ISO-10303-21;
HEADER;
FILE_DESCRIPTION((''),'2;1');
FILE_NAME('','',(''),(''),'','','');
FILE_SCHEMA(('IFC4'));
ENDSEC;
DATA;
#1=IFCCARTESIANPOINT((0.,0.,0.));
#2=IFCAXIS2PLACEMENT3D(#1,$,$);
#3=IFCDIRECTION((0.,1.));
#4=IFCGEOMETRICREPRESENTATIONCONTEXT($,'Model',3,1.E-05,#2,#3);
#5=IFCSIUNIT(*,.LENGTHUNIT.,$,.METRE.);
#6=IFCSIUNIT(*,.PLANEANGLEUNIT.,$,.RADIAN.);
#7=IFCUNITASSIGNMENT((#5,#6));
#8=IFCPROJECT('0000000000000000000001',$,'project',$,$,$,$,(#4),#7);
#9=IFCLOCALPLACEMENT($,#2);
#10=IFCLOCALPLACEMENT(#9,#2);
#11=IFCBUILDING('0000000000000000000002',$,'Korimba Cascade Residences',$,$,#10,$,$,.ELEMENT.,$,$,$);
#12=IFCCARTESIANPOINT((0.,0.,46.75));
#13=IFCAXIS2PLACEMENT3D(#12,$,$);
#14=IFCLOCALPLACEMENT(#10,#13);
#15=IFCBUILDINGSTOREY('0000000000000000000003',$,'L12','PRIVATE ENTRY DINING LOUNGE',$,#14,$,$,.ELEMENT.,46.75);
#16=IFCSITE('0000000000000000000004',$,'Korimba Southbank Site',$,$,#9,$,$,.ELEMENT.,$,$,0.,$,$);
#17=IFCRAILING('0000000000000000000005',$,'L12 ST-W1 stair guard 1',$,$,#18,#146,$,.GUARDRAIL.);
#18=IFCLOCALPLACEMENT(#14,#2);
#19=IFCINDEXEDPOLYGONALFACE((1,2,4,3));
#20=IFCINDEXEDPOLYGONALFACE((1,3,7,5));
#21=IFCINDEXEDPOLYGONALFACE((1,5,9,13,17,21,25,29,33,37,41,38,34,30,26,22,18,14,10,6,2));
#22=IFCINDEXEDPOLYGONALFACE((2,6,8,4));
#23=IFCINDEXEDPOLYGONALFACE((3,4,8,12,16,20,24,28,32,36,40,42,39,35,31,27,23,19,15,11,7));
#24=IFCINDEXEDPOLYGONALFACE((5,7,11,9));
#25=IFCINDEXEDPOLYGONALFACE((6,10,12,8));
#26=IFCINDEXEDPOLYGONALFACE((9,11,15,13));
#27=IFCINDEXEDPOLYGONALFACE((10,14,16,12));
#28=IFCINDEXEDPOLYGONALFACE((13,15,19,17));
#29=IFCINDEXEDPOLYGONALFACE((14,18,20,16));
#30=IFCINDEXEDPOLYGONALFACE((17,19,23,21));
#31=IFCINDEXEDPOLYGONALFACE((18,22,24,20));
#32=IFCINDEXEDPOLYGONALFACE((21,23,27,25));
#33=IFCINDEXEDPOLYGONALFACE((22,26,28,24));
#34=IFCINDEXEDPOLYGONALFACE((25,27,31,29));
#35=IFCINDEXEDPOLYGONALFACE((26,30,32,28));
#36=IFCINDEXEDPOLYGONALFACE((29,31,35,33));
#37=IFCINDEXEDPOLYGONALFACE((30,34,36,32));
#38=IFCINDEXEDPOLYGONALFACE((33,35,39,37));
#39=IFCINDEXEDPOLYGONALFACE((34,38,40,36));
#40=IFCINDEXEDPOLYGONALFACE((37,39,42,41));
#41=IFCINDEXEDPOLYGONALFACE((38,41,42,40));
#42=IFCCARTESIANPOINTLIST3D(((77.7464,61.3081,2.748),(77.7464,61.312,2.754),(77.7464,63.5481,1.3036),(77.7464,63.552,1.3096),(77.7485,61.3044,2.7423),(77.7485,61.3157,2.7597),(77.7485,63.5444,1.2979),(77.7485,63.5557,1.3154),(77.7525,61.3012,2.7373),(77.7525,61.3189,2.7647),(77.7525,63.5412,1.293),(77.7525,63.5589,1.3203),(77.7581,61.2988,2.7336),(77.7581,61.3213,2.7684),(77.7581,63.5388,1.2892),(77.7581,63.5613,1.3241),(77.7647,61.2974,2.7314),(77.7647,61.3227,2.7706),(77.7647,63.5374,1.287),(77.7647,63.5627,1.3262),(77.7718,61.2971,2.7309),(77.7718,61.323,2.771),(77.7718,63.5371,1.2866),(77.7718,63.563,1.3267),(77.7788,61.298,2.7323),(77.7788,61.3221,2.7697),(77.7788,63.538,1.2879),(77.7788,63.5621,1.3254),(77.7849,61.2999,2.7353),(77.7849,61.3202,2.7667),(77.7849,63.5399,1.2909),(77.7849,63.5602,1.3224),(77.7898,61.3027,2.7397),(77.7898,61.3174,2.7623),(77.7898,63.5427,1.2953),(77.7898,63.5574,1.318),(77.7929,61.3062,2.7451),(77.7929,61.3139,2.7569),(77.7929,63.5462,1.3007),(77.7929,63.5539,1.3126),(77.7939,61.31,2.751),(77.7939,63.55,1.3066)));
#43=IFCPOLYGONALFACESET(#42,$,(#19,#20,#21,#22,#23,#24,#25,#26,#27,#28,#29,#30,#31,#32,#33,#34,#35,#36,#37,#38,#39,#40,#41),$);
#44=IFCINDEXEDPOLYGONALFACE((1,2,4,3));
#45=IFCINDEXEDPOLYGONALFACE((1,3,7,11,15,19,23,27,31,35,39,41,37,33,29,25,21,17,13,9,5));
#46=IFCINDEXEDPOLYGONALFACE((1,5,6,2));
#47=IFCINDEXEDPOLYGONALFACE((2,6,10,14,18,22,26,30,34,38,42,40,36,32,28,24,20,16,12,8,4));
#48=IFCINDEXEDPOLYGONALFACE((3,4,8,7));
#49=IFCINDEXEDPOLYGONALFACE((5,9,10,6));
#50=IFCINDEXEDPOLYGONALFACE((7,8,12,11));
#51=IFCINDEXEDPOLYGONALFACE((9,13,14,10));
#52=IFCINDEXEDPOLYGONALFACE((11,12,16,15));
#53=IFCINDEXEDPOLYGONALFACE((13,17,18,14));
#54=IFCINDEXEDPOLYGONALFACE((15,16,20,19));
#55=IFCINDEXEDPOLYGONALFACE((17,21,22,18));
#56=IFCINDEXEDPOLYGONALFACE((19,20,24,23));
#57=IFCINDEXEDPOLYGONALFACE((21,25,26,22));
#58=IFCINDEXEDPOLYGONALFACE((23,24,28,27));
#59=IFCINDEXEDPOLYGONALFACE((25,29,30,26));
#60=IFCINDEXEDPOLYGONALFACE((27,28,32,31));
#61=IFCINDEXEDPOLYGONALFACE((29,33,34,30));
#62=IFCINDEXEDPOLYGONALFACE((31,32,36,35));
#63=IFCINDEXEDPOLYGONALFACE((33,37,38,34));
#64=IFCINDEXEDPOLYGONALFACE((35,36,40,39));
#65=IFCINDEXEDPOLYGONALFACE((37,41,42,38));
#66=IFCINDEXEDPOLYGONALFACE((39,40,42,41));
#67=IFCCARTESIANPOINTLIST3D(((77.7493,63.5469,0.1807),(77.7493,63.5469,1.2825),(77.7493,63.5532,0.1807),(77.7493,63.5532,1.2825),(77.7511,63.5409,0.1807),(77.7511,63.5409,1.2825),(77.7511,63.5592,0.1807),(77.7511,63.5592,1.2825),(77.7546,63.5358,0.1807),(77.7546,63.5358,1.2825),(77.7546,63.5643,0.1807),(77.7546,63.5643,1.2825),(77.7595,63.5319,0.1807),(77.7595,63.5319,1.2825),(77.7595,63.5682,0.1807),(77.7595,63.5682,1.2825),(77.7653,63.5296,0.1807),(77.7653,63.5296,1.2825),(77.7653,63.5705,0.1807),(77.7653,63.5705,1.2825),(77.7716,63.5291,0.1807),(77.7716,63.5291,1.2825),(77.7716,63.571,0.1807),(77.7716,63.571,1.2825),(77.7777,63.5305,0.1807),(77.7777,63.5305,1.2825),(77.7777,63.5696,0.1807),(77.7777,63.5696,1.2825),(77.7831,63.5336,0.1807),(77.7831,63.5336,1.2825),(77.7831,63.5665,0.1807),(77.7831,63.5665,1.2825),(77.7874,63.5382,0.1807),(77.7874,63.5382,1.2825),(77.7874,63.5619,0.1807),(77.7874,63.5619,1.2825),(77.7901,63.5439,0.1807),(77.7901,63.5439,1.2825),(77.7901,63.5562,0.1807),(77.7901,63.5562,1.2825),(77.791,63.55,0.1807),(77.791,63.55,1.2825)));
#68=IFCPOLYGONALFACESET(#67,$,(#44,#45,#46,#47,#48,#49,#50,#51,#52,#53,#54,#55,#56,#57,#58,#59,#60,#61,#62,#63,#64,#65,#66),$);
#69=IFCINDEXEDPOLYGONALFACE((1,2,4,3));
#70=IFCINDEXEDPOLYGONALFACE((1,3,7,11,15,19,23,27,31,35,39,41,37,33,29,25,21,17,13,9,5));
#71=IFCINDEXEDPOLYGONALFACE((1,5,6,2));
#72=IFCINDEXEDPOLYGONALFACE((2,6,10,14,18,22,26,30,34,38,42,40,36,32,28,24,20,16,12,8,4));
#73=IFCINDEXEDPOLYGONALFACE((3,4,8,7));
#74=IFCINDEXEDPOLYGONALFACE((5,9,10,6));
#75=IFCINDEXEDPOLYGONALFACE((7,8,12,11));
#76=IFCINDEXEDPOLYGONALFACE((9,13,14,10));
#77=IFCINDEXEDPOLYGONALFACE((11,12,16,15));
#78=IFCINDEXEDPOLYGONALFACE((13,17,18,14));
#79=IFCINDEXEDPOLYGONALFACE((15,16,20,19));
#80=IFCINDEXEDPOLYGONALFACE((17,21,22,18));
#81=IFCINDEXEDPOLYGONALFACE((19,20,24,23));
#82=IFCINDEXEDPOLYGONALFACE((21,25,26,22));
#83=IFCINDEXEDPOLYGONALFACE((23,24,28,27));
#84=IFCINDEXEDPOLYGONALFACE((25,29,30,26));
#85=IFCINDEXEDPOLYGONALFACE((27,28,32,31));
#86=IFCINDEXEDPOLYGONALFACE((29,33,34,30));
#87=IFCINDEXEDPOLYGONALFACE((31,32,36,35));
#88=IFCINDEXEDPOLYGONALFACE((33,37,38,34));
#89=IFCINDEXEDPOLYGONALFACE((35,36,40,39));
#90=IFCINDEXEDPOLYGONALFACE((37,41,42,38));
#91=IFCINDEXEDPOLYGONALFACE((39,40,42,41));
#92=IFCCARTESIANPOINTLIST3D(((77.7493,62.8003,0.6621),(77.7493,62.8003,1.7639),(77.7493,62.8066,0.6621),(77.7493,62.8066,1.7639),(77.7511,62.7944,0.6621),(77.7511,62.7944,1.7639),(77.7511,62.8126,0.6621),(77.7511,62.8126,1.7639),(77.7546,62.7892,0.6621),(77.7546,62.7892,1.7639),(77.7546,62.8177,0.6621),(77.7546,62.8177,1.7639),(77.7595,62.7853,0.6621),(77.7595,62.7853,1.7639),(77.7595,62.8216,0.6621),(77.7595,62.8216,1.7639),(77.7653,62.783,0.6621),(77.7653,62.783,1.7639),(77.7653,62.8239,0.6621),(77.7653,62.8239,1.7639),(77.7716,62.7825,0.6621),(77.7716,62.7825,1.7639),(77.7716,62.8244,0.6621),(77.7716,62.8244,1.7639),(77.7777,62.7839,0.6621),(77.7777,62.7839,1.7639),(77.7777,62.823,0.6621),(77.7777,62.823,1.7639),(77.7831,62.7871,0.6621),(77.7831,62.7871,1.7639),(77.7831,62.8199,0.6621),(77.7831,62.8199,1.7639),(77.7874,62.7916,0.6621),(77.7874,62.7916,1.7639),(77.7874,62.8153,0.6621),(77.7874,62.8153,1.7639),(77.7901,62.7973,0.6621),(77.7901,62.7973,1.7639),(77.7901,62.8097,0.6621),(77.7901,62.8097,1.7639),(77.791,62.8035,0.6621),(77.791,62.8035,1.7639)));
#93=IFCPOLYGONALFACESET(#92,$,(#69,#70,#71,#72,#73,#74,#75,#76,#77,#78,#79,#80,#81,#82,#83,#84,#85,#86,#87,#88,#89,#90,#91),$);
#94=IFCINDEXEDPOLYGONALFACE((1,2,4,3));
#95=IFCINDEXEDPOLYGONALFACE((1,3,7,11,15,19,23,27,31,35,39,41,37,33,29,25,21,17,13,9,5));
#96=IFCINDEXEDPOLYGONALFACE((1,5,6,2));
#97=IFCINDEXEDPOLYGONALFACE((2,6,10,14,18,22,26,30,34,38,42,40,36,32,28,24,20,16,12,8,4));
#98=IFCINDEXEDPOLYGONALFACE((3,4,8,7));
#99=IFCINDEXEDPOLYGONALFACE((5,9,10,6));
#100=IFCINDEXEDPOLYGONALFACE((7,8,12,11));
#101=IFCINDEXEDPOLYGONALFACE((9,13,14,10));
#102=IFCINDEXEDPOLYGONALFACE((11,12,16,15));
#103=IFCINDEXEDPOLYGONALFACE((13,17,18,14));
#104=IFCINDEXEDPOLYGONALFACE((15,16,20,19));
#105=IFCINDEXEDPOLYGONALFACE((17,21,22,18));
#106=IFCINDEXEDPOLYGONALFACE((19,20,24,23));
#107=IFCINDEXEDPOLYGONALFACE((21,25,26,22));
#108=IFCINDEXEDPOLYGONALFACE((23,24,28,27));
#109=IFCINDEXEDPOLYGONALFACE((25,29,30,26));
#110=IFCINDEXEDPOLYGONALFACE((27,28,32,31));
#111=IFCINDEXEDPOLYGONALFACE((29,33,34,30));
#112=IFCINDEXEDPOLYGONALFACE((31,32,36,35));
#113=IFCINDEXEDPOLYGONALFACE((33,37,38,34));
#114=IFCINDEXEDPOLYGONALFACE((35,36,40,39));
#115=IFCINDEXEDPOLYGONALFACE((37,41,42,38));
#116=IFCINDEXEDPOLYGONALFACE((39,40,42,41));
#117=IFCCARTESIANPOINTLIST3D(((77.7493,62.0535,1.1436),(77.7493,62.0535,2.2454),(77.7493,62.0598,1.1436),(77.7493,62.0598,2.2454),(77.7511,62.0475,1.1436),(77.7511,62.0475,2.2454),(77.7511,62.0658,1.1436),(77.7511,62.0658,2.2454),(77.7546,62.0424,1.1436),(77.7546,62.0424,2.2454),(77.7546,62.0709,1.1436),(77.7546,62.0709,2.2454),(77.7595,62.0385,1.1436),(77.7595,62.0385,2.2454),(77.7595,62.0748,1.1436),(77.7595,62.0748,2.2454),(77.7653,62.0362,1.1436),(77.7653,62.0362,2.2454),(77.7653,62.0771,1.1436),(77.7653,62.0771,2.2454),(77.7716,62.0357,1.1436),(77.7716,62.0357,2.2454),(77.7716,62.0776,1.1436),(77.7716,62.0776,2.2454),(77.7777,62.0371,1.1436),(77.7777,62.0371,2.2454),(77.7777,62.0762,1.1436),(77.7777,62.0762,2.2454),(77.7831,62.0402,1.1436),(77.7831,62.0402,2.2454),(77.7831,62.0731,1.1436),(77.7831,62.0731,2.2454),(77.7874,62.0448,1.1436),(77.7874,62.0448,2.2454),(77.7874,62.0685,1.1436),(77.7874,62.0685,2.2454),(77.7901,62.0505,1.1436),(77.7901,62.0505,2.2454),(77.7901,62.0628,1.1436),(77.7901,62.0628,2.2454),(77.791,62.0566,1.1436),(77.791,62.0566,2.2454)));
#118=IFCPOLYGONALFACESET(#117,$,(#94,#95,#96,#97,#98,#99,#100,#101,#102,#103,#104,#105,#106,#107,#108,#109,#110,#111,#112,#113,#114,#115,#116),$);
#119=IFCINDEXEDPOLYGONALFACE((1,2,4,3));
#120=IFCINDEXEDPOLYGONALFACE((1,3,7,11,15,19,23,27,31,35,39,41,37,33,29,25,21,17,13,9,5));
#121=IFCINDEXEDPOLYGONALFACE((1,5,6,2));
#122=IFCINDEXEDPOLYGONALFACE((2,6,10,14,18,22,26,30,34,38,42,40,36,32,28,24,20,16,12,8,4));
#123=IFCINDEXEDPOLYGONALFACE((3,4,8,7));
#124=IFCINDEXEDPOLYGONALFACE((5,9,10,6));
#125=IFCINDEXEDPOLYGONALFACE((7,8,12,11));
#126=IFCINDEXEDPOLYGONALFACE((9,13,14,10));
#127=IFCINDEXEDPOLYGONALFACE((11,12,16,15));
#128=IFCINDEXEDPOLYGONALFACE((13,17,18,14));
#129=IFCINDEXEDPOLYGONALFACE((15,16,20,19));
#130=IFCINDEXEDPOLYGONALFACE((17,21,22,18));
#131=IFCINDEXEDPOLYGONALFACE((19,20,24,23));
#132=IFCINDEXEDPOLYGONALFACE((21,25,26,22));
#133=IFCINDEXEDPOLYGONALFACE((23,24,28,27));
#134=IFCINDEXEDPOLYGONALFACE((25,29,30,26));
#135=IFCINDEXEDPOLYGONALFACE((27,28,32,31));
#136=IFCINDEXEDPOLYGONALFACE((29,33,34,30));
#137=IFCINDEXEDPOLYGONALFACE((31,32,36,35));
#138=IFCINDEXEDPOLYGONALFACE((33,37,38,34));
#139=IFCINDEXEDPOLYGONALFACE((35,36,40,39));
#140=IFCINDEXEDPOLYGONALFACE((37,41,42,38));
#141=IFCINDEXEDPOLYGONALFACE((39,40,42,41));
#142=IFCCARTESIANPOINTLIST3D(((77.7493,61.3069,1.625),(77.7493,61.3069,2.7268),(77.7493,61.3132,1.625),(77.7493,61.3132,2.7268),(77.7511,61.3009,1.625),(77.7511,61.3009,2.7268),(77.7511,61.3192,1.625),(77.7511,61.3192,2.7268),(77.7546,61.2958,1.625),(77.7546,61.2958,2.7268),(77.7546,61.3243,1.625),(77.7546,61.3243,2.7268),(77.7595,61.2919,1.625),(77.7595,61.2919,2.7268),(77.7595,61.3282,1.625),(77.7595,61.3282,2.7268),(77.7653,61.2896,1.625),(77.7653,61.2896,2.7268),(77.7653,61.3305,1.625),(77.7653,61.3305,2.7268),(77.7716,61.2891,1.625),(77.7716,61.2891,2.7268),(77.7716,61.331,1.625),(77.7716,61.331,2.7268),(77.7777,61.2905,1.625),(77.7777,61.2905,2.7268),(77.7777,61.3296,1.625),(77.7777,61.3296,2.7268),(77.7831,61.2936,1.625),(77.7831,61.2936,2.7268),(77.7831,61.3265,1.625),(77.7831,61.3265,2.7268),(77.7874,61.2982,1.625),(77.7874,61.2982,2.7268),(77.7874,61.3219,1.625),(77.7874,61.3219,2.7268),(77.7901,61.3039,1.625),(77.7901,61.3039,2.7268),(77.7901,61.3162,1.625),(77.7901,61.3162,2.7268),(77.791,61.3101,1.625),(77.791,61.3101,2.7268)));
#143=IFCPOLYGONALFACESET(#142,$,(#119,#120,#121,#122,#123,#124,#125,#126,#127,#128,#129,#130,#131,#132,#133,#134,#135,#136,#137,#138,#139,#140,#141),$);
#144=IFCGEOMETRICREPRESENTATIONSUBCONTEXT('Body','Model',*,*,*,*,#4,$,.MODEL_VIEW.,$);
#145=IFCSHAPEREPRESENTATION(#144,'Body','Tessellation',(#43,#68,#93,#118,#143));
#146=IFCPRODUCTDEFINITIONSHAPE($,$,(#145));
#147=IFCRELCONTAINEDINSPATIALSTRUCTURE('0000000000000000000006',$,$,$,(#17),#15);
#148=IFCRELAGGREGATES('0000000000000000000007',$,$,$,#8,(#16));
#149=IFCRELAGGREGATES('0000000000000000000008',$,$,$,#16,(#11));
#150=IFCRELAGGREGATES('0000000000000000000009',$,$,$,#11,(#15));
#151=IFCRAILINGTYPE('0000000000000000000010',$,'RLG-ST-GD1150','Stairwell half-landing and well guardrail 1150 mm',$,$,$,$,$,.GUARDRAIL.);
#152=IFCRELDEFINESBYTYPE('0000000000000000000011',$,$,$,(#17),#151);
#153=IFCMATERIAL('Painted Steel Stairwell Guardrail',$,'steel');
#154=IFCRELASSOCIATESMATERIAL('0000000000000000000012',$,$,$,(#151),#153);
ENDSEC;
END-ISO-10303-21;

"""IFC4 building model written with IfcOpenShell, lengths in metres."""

from ifc_helpers import new_model, si_unit, direction, frame, origin, origin_2d, place, context, subcontext, project, spatial, circle, extrude, material, type_object, element, save


model = new_model("IFC4")

# Units and contexts
model_context = context("Model", 3, precision=1e-05, world=origin(), true_north=direction((0.0, 1.0)))
body_context = subcontext(model_context, "Body", "Model", "MODEL_VIEW")
ifc_project = project(units=[si_unit("LENGTHUNIT", "METRE"), si_unit("PLANEANGLEUNIT", "RADIAN")], contexts=[model_context])

# Site, building, storey
site_placement = place(None, origin())
site = spatial("IfcSite", under=ifc_project, at=site_placement, Name="Korimba Southbank Site", CompositionType="ELEMENT", RefElevation=0.0)
building_placement = place(site_placement, origin())
building = spatial("IfcBuilding", under=site, at=building_placement, Name="Korimba Cascade Residences", CompositionType="ELEMENT")
storey_placement = place(building_placement, frame((0.0, 0.0, 46.75)))
storey = spatial("IfcBuildingStorey", under=building, at=storey_placement, Name="L12", Description="PRIVATE ENTRY DINING LOUNGE", CompositionType="ELEMENT", Elevation=46.75)

# Railing
ifc_material_1 = material(Name="Painted Steel Stairwell Guardrail", Category="steel")
railing_type_1 = type_object("IfcRailingType", Name="RLG-ST-GD1150", Description="Stairwell half-landing and well guardrail 1150 mm", PredefinedType="GUARDRAIL", material=ifc_material_1)
railing_1_placement = place(storey_placement, frame((77.77, 63.55, 0.1807)))
element("IfcRailing", 1, at=railing_1_placement, inside=storey, type_object=railing_type_1, Name="L12 ST-W1 stair guard 1", PredefinedType="GUARDRAIL", context=body_context, shape_type="SweptSolid", body=[
    extrude(circle(Radius=0.0239, at=origin_2d()), frame((0.0, 0.0, 1.126), z_axis=(0.0, -0.840437, 0.54191), x_axis=(1.0, 0.0, 0.0)), (0.0, 0.0, 1.0), 2.6653),
    extrude(circle(Radius=0.021, at=origin_2d()), origin(), (0.0, 0.0, 1.0), 1.1018),
    extrude(circle(Radius=0.021, at=origin_2d()), frame((0.0, -0.7466, 0.4814)), (0.0, 0.0, 1.0), 1.1018),
    extrude(circle(Radius=0.021, at=origin_2d()), frame((0.0, -1.4934, 0.9629)), (0.0, 0.0, 1.0), 1.1018),
    extrude(circle(Radius=0.021, at=origin_2d()), frame((0.0, -2.24, 1.4443)), (0.0, 0.0, 1.0), 1.1018),
])

save(model, "model.ifc")
